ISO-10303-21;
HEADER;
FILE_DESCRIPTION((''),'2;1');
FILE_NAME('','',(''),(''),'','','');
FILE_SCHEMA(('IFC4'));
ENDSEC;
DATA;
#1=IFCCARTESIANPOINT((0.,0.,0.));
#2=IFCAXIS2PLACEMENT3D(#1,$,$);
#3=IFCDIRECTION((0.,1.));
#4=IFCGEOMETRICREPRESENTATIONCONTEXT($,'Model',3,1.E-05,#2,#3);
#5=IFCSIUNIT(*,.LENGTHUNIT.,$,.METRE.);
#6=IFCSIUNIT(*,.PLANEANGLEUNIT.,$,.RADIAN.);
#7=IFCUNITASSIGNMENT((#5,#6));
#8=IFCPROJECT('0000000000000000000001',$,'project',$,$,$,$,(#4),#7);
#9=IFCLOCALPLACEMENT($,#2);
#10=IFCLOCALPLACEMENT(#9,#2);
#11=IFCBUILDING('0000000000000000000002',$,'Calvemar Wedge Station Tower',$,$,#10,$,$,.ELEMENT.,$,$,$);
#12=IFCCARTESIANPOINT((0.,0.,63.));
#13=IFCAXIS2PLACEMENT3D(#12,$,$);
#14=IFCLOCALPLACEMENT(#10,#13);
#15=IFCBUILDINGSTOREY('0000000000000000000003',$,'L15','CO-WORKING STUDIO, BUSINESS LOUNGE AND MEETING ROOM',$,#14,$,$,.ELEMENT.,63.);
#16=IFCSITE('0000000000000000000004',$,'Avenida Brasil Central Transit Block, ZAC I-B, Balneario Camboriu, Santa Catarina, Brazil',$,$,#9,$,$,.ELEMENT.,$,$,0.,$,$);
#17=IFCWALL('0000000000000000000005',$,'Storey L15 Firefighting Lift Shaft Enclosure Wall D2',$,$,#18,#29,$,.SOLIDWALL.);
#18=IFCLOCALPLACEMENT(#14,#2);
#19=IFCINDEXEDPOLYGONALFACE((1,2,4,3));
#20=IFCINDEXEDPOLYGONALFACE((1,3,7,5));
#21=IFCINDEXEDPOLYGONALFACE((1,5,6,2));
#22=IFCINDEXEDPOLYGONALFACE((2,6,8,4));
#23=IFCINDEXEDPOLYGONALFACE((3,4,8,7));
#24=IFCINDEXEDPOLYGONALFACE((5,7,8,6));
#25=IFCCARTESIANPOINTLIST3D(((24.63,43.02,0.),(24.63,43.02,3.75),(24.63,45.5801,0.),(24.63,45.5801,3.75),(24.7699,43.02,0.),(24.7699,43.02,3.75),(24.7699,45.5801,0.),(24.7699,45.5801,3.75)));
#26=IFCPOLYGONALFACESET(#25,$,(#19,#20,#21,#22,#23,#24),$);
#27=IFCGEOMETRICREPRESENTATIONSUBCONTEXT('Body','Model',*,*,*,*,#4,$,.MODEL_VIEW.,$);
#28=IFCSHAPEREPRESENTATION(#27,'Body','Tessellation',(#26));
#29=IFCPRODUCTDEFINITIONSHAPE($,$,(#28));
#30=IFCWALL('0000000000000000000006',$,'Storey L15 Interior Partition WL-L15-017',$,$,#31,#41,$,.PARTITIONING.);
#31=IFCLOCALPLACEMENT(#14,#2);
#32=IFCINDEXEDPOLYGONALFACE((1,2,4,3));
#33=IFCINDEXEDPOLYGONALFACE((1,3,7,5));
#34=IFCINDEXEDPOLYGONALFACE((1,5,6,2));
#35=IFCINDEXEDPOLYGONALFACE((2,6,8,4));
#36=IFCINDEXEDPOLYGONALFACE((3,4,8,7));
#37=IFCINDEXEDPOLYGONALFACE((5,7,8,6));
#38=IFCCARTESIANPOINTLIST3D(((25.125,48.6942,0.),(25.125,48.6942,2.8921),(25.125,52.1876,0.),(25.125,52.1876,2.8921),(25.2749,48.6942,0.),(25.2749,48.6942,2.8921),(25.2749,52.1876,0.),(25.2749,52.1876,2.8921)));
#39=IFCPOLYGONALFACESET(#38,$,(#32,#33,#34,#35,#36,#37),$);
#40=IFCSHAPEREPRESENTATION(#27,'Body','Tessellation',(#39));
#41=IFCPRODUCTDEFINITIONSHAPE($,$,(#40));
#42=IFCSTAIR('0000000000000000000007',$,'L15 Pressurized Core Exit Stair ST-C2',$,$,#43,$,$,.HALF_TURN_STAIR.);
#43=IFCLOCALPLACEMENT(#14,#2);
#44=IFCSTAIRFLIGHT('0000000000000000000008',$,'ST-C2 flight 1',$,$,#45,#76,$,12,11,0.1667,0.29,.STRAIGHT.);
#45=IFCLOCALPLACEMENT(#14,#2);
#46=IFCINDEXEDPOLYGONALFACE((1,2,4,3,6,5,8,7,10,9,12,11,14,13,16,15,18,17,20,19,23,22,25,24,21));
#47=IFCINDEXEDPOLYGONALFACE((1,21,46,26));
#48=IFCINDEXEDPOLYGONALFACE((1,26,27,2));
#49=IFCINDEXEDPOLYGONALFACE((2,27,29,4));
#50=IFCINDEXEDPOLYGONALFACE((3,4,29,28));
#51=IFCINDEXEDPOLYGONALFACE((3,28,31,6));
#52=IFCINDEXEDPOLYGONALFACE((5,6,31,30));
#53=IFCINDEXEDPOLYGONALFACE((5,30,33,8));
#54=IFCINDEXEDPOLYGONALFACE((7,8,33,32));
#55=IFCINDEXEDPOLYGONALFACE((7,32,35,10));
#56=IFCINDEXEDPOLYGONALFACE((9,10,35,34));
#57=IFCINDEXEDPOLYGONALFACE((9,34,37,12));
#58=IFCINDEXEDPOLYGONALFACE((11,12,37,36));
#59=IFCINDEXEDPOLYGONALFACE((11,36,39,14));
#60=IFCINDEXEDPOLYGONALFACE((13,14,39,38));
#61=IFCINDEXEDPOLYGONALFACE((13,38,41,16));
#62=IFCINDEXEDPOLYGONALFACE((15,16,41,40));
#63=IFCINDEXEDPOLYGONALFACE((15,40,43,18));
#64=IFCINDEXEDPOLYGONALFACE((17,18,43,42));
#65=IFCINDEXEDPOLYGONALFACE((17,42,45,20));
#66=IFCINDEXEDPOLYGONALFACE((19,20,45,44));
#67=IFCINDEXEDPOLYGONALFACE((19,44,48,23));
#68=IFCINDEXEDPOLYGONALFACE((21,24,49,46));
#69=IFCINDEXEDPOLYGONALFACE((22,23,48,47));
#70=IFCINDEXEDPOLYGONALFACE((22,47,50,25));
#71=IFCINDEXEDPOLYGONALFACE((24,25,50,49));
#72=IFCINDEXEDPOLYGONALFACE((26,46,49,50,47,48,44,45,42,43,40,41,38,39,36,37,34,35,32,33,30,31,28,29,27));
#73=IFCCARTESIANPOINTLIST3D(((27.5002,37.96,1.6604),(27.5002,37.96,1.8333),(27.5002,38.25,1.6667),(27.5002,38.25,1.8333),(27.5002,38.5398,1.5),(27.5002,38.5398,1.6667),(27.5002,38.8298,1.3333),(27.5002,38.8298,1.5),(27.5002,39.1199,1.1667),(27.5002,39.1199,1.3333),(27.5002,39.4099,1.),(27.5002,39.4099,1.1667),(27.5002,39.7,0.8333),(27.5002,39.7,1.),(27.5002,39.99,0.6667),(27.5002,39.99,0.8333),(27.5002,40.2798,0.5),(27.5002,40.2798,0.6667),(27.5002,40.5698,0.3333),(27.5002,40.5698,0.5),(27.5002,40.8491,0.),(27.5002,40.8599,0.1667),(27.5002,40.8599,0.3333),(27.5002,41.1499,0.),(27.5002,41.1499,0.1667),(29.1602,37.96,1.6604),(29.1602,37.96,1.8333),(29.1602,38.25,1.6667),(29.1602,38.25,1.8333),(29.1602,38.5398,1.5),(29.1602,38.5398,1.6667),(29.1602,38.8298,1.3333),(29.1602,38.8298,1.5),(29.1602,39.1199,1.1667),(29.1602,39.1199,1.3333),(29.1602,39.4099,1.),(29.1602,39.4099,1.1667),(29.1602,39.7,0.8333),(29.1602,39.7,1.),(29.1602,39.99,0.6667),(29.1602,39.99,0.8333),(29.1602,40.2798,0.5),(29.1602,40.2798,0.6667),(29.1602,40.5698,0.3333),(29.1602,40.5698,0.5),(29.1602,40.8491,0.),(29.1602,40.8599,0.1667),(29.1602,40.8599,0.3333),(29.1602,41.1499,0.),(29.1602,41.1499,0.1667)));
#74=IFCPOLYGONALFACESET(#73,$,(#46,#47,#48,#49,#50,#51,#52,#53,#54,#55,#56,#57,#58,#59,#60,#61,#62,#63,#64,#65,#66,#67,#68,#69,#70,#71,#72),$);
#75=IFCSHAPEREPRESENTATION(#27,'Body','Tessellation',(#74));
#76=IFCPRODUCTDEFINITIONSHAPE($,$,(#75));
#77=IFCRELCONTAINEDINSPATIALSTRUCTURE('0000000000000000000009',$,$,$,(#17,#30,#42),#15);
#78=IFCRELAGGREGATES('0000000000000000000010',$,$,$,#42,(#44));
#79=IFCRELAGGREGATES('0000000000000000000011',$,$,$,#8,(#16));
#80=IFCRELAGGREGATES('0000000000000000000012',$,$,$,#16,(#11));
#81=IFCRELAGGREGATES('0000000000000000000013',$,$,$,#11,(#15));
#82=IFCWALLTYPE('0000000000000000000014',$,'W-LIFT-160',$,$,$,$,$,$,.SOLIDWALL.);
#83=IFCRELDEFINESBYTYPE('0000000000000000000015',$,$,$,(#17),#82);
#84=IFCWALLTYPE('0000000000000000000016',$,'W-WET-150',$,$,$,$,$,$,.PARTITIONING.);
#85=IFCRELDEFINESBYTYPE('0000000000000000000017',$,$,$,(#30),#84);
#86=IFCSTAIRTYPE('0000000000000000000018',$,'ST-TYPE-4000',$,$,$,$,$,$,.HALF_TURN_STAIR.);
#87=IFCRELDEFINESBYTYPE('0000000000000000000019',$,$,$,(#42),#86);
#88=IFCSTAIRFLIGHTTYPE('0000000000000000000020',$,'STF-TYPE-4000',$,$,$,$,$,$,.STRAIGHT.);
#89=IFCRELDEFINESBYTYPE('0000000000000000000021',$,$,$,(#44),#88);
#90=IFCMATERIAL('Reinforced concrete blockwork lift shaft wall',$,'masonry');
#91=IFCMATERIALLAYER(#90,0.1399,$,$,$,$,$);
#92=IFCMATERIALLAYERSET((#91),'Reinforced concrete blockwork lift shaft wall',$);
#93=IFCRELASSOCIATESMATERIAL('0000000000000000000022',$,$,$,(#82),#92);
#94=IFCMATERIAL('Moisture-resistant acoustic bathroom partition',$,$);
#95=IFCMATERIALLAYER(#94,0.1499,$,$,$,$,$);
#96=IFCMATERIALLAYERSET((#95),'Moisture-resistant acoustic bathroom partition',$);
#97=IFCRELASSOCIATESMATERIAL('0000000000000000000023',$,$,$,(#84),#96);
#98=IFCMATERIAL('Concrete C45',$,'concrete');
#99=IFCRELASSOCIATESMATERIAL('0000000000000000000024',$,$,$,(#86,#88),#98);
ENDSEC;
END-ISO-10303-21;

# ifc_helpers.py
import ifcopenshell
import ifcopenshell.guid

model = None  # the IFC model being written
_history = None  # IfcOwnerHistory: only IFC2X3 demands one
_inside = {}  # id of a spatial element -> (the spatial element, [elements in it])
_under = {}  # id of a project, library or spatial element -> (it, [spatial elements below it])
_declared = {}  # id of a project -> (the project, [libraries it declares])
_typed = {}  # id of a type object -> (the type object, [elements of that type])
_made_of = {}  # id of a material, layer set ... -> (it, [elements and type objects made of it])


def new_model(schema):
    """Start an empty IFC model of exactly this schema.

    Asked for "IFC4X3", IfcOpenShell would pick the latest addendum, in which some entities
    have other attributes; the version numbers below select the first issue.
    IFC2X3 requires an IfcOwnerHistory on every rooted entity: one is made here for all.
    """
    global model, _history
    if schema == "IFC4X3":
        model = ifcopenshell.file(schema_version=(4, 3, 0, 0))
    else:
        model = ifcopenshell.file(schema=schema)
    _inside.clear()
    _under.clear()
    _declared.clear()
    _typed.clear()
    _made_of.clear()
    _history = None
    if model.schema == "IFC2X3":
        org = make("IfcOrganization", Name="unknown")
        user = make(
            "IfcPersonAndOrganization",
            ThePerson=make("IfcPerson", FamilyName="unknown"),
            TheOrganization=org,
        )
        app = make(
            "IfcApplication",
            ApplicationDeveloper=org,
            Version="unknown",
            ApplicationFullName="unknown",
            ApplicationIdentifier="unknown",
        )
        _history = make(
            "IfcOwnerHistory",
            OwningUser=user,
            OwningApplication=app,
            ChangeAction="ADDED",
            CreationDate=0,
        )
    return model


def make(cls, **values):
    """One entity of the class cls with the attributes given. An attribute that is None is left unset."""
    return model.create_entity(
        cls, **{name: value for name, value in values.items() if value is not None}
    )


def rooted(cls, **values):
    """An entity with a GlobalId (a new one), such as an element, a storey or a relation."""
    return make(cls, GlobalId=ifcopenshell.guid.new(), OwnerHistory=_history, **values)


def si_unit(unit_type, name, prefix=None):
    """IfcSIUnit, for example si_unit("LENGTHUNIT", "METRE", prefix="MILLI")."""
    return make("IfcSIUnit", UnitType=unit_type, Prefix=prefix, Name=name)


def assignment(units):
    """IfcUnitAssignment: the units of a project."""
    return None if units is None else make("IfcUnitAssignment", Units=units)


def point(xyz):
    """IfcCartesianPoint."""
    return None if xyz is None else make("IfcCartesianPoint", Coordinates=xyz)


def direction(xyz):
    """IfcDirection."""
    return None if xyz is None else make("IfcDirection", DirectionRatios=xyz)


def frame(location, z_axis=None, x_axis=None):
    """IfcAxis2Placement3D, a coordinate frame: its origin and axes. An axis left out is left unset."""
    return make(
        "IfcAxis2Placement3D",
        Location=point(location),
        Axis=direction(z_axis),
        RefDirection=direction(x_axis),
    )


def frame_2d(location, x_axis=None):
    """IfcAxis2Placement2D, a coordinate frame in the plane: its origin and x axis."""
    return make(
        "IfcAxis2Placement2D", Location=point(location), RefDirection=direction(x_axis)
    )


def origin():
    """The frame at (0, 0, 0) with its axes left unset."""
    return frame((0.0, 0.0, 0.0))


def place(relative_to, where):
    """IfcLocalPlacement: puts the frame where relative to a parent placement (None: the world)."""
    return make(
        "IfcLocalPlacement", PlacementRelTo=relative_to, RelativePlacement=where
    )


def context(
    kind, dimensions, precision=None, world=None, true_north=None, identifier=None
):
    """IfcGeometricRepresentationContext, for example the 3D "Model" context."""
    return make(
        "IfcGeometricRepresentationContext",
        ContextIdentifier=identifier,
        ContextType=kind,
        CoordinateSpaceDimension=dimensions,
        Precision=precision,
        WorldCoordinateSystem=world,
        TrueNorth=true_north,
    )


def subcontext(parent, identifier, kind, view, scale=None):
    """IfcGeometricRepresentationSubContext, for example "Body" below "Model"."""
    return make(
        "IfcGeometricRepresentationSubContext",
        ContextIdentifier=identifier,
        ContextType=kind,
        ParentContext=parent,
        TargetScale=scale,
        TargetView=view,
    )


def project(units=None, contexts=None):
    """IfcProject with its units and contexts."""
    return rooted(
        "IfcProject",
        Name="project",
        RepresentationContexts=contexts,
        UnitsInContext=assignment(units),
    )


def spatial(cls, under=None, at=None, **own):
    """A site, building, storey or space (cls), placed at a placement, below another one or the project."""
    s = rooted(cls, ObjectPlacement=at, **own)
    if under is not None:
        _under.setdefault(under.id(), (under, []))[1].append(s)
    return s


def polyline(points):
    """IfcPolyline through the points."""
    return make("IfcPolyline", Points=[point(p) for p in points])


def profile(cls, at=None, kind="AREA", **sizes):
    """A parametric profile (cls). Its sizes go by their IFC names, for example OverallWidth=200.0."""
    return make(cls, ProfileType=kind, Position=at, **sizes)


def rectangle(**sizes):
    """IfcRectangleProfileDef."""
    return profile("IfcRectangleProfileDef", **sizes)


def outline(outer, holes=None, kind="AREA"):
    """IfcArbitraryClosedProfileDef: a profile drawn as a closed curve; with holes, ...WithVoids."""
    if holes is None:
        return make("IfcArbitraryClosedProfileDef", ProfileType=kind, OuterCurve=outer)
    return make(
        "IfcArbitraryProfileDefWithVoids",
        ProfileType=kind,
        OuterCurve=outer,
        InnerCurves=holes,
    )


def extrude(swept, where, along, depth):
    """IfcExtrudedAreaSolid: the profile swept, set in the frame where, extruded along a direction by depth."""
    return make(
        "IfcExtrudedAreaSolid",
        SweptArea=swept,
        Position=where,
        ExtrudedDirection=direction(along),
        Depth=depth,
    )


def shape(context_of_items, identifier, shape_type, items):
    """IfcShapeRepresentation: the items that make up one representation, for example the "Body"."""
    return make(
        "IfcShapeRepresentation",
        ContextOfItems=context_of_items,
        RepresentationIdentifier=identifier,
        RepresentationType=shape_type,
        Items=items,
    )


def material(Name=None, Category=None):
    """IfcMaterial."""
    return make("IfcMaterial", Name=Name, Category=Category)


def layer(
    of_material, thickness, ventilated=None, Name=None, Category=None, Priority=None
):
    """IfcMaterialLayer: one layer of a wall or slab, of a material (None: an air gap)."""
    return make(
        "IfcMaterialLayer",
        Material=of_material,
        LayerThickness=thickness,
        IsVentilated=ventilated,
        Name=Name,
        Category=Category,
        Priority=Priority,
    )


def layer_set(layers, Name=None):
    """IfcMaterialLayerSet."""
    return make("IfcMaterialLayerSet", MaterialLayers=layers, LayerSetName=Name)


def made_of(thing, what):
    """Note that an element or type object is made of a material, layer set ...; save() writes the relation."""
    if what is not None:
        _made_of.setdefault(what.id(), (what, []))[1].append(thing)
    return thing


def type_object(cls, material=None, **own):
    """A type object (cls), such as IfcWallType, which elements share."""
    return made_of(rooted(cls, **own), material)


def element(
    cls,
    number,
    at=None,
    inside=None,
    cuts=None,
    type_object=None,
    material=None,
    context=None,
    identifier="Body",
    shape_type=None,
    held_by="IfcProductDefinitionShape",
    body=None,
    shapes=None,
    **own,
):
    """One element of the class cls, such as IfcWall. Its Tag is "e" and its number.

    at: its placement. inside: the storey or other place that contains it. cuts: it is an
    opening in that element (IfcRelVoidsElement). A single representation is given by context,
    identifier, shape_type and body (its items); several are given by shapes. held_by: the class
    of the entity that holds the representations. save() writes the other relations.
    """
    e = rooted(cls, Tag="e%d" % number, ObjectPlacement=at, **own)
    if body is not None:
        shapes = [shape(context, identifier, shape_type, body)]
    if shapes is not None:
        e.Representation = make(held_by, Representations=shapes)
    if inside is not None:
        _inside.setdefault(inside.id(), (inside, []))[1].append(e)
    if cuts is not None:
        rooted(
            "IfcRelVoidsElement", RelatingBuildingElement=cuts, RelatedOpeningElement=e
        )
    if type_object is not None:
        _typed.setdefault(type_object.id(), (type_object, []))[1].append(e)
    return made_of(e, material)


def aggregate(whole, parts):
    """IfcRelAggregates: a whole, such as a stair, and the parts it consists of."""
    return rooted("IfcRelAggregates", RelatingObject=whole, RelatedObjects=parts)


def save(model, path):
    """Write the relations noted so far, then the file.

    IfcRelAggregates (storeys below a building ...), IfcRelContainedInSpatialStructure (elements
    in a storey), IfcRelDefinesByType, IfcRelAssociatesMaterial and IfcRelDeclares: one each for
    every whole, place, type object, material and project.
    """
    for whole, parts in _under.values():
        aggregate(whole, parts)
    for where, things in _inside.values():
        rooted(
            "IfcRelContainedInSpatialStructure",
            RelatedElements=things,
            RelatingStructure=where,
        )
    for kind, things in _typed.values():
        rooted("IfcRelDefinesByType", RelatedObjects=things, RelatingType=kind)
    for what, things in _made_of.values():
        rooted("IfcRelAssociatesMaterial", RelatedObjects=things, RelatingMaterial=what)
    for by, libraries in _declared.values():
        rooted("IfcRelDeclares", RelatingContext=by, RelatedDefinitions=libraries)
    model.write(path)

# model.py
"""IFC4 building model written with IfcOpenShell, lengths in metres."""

from ifc_helpers import new_model, si_unit, direction, frame, frame_2d, origin, place, context, subcontext, project, spatial, polyline, rectangle, outline, extrude, material, layer, layer_set, type_object, element, aggregate, save


model = new_model("IFC4")

# Units and contexts
model_context = context("Model", 3, precision=1e-05, world=origin(), true_north=direction((0.0, 1.0)))
body_context = subcontext(model_context, "Body", "Model", "MODEL_VIEW")
ifc_project = project(units=[si_unit("LENGTHUNIT", "METRE"), si_unit("PLANEANGLEUNIT", "RADIAN")], contexts=[model_context])

# Site, building, storey
site_placement = place(None, origin())
site = spatial("IfcSite", under=ifc_project, at=site_placement, Name="Avenida Brasil Central Transit Block, ZAC I-B, Balneario Camboriu, Santa Catarina, Brazil", CompositionType="ELEMENT", RefElevation=0.0)
building_placement = place(site_placement, origin())
building = spatial("IfcBuilding", under=site, at=building_placement, Name="Calvemar Wedge Station Tower", CompositionType="ELEMENT")
storey_placement = place(building_placement, frame((0.0, 0.0, 63.0)))
storey = spatial("IfcBuildingStorey", under=building, at=storey_placement, Name="L15", Description="CO-WORKING STUDIO, BUSINESS LOUNGE AND MEETING ROOM", CompositionType="ELEMENT", Elevation=63.0)

# Walls
ifc_material_1 = material(Name="Reinforced concrete blockwork lift shaft wall", Category="masonry")
ifc_layer_1 = layer(ifc_material_1, 0.1399)
ifc_layer_set_1 = layer_set([ifc_layer_1], Name="Reinforced concrete blockwork lift shaft wall")
wall_type_1 = type_object("IfcWallType", Name="W-LIFT-160", PredefinedType="SOLIDWALL", material=ifc_layer_set_1)
wall_1_placement = place(storey_placement, frame((24.7, 43.02, 0.0), z_axis=(0.0, 0.0, 1.0), x_axis=(0.0, 1.0, 0.0)))
element("IfcWall", 1, at=wall_1_placement, inside=storey, type_object=wall_type_1, Name="Storey L15 Firefighting Lift Shaft Enclosure Wall D2", PredefinedType="SOLIDWALL", context=body_context, shape_type="SweptSolid", body=[
    extrude(rectangle(XDim=2.5601, YDim=0.1399, at=frame_2d((1.28, 0.0))), origin(), (0.0, 0.0, 1.0), 3.75),
])
ifc_material_2 = material(Name="Moisture-resistant acoustic bathroom partition")
ifc_layer_2 = layer(ifc_material_2, 0.1499)
ifc_layer_set_2 = layer_set([ifc_layer_2], Name="Moisture-resistant acoustic bathroom partition")
wall_type_2 = type_object("IfcWallType", Name="W-WET-150", PredefinedType="PARTITIONING", material=ifc_layer_set_2)
wall_2_placement = place(storey_placement, frame((25.2, 52.1875, 0.0), z_axis=(0.0, 0.0, 1.0), x_axis=(0.0, -1.0, 0.0)))
element("IfcWall", 2, at=wall_2_placement, inside=storey, type_object=wall_type_2, Name="Storey L15 Interior Partition WL-L15-017", PredefinedType="PARTITIONING", context=body_context, shape_type="SweptSolid", body=[
    extrude(rectangle(XDim=3.4934, YDim=0.1499, at=frame_2d((1.7466, 0.0))), origin(), (0.0, 0.0, 1.0), 2.8921),
])

# Stair, stair flight
ifc_material_3 = material(Name="Concrete C45", Category="concrete")
stair_type = type_object("IfcStairType", Name="ST-TYPE-4000", PredefinedType="HALF_TURN_STAIR", material=ifc_material_3)
stair_placement = place(storey_placement, origin())
stair = element("IfcStair", 3, at=stair_placement, inside=storey, type_object=stair_type, Name="L15 Pressurized Core Exit Stair ST-C2", PredefinedType="HALF_TURN_STAIR")
stair_flight_type = type_object("IfcStairFlightType", Name="STF-TYPE-4000", PredefinedType="STRAIGHT", material=ifc_material_3)
stair_flight_placement = place(storey_placement, frame((28.3301, 41.1499, 0.0), z_axis=(0.0, 0.0, 1.0), x_axis=(0.0, -1.0, 0.0)))
stair_flight = element("IfcStairFlight", 4, at=stair_flight_placement, type_object=stair_flight_type, Name="ST-C2 flight 1", NumberOfRisers=12, NumberOfTreads=11, PredefinedType="STRAIGHT", RiserHeight=0.1667, TreadLength=0.29, context=body_context, shape_type="SweptSolid", body=[
    extrude(outline(polyline([(0.0, 0.0), (0.0, 0.1667), (0.29, 0.1667), (0.29, 0.3333), (0.5801, 0.3333), (0.5801, 0.5), (0.8701, 0.5), (0.8701, 0.6667), (1.1599, 0.6667), (1.1599, 0.8333), (1.45, 0.8333), (1.45, 1.0), (1.74, 1.0), (1.74, 1.1667), (2.03, 1.1667), (2.03, 1.3333), (2.3201, 1.3333), (2.3201, 1.5), (2.6101, 1.5), (2.6101, 1.6667), (2.8999, 1.6667), (2.8999, 1.8333), (3.1899, 1.8333), (3.1899, 2.0), (3.1899, 1.6604), (0.3008, 0.0), (0.0, 0.0)])), frame((0.0, 0.8301, 0.0), z_axis=(0.0, -1.0, 0.0), x_axis=(1.0, 0.0, 0.0)), (0.0, 0.0, 1.0), 1.6599),
])
aggregate(stair, [stair_flight])

save(model, "model.ifc")
